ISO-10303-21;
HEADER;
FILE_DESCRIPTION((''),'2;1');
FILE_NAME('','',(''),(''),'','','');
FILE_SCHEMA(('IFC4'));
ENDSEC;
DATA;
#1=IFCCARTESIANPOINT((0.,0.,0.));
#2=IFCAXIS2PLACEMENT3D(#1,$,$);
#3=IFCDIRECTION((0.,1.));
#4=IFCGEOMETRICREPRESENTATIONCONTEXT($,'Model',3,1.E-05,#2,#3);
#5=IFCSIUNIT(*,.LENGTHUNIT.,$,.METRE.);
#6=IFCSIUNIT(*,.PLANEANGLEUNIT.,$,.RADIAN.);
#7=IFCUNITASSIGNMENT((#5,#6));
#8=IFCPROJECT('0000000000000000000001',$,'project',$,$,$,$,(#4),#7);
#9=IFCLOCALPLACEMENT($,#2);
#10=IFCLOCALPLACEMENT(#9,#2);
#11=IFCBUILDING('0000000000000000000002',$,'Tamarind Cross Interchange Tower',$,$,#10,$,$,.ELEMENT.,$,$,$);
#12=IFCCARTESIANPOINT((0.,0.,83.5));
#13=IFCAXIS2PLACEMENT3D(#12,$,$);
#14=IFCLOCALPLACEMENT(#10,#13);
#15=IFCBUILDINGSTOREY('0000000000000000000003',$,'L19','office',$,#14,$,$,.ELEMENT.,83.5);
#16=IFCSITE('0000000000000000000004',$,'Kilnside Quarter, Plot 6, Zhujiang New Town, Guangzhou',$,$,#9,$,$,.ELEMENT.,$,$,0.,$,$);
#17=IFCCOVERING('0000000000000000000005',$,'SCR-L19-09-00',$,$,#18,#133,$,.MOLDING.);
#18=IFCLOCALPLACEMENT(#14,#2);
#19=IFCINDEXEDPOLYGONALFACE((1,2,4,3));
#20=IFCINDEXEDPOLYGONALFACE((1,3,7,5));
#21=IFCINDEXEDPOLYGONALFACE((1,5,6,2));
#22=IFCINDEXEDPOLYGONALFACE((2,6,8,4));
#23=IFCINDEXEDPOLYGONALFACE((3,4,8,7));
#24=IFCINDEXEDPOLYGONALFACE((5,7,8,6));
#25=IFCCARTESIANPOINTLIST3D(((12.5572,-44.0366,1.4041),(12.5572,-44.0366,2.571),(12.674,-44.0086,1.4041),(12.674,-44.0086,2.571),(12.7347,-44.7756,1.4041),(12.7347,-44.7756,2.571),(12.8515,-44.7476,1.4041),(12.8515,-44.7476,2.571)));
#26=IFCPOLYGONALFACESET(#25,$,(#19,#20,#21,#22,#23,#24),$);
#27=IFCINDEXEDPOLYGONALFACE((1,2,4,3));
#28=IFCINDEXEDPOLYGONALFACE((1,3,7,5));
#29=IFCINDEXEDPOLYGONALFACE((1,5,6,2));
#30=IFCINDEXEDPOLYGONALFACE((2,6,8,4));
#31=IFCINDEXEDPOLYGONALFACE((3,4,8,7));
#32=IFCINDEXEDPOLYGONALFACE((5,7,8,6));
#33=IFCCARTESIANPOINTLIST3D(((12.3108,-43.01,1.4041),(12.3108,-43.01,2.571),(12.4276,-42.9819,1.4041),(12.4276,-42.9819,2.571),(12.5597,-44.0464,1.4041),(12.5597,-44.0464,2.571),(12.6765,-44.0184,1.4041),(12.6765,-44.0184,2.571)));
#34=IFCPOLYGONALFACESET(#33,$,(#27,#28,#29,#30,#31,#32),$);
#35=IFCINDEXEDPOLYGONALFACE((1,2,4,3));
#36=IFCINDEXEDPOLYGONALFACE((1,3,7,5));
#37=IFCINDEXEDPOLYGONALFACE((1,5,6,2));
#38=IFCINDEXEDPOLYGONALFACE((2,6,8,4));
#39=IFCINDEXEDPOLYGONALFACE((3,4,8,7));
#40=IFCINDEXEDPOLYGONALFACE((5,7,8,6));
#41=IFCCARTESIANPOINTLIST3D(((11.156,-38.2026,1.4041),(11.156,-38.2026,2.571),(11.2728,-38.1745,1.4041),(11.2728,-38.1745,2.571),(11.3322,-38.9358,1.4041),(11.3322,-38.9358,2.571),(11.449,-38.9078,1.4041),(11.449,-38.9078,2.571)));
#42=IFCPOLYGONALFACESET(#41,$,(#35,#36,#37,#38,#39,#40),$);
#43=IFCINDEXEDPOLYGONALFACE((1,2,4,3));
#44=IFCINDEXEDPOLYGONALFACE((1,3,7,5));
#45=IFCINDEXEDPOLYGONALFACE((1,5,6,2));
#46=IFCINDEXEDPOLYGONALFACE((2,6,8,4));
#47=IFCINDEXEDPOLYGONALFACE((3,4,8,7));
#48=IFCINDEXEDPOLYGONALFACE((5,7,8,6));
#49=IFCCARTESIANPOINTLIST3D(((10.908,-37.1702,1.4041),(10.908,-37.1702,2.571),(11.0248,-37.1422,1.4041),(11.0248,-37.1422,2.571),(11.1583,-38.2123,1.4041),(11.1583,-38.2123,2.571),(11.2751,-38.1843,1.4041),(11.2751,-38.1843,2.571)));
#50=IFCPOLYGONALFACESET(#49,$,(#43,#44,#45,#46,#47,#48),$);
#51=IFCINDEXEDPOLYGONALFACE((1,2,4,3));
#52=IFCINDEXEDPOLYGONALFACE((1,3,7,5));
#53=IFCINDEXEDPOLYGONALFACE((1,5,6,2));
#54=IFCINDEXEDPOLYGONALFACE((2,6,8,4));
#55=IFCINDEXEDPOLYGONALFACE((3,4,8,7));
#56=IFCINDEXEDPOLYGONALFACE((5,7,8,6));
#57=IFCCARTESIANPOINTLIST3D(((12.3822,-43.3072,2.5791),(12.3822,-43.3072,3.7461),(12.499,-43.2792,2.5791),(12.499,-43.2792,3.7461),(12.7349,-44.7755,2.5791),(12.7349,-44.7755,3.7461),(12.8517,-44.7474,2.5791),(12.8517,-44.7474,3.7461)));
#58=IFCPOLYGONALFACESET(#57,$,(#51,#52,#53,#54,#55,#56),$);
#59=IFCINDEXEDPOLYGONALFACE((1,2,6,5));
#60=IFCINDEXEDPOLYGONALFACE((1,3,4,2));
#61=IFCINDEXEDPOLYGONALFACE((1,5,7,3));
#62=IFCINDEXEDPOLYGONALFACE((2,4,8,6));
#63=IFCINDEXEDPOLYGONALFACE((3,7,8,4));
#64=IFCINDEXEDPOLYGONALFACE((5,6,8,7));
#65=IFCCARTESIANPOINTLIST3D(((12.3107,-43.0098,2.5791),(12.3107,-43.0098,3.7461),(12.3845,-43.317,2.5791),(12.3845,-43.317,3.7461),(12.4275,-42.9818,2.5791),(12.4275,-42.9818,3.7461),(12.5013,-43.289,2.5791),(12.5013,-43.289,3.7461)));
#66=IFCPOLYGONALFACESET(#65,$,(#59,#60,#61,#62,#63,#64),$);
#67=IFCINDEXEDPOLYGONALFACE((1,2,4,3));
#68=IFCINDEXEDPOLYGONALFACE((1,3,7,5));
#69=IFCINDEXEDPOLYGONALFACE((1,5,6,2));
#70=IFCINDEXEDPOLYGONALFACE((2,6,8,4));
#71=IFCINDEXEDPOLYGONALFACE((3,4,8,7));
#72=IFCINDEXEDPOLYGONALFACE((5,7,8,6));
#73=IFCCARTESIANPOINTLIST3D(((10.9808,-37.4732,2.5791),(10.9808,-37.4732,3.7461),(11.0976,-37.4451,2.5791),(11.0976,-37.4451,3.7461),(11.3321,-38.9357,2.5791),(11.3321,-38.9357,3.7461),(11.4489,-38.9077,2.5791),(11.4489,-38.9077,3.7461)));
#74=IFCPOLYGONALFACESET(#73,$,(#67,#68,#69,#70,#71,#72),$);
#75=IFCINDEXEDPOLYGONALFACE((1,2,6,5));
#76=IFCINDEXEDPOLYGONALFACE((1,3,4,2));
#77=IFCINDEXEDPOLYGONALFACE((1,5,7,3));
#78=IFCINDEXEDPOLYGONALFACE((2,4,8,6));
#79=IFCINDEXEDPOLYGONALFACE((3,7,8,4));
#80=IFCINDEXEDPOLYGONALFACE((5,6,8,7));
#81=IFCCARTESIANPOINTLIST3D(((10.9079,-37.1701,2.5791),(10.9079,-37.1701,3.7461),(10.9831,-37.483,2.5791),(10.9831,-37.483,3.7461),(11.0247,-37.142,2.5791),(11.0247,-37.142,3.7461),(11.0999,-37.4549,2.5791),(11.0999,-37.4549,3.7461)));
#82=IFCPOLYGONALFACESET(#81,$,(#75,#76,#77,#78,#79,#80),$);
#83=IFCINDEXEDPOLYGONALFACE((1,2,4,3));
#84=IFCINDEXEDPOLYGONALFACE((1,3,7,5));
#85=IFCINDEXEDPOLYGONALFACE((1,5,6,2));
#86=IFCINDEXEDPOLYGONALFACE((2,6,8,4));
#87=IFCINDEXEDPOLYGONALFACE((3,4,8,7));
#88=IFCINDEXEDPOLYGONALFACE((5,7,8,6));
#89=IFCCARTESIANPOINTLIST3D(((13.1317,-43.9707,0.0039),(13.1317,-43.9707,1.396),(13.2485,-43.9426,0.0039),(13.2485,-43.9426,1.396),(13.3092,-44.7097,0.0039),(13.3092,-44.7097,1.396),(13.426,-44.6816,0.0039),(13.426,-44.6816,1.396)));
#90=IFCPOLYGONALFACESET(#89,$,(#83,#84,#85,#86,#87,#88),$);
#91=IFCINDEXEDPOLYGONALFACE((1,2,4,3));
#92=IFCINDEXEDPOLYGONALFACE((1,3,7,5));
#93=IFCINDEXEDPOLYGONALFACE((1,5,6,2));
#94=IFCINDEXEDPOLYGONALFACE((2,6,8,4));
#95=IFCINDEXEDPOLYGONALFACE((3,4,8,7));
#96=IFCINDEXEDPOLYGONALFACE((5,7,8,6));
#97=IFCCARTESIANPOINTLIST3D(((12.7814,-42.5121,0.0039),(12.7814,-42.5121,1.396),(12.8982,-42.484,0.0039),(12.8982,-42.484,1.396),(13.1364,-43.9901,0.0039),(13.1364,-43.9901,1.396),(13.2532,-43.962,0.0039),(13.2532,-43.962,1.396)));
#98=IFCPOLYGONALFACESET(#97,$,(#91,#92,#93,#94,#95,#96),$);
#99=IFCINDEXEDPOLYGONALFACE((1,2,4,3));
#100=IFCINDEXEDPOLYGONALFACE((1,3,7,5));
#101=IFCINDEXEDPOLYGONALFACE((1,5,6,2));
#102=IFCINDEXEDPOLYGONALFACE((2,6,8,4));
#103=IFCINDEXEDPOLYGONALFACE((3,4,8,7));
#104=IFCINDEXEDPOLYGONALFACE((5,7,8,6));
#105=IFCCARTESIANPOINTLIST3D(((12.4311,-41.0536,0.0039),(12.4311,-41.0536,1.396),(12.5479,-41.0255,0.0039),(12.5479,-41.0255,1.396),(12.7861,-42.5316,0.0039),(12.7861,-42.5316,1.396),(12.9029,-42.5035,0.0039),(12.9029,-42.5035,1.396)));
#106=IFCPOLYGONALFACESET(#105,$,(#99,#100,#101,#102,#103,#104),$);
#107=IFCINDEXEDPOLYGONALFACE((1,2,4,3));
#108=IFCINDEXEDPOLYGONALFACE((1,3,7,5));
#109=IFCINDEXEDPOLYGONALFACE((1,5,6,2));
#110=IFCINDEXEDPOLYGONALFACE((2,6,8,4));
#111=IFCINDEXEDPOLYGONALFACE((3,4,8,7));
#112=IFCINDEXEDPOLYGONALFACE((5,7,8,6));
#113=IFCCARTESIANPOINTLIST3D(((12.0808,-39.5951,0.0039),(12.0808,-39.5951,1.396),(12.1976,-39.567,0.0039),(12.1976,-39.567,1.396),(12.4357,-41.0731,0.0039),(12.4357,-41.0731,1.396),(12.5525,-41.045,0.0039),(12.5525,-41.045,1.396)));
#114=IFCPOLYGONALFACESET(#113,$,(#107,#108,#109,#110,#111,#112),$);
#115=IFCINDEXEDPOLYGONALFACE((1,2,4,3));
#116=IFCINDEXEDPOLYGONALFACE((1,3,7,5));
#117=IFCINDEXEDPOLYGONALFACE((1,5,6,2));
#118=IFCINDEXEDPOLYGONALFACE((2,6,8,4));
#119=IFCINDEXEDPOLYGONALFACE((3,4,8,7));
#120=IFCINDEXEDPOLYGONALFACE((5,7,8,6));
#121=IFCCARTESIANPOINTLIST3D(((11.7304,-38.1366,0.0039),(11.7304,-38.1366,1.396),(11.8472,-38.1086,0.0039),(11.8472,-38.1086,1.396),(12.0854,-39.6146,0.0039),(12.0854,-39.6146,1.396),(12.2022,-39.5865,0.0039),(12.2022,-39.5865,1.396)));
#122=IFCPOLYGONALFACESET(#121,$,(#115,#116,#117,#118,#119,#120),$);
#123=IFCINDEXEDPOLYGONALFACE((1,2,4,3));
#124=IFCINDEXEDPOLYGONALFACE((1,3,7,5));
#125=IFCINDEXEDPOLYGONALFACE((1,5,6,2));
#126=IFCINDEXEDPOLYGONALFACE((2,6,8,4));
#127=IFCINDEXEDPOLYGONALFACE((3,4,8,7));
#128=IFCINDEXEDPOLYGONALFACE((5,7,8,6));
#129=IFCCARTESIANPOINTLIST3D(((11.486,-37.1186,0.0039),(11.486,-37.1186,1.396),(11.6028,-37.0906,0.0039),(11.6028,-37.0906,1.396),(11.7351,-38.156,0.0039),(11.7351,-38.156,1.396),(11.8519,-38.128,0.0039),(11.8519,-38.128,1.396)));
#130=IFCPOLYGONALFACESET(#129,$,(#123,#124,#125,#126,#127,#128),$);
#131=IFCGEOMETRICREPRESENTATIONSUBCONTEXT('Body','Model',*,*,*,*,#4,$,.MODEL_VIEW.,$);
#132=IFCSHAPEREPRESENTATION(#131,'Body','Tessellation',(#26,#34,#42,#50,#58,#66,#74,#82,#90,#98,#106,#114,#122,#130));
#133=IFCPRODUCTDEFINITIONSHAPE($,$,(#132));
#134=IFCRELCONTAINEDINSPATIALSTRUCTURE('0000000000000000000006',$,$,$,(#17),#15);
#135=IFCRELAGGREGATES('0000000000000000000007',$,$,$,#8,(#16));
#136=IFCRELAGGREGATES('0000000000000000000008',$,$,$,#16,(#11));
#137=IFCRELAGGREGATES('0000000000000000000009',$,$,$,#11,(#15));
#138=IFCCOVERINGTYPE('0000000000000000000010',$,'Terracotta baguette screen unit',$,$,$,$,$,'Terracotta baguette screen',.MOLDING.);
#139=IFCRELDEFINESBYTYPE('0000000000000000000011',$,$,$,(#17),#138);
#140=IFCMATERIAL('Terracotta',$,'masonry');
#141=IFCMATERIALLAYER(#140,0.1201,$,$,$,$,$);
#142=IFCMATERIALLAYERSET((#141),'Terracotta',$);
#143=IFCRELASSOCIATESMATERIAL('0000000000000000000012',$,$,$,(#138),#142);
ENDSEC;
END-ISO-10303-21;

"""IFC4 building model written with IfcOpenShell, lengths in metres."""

from ifc_helpers import new_model, si_unit, direction, frame, origin, origin_2d, place, context, subcontext, project, spatial, rectangle, extrude, material, layer, layer_set, type_object, element, save


model = new_model("IFC4")

# Units and contexts
model_context = context("Model", 3, precision=1e-05, world=origin(), true_north=direction((0.0, 1.0)))
body_context = subcontext(model_context, "Body", "Model", "MODEL_VIEW")
ifc_project = project(units=[si_unit("LENGTHUNIT", "METRE"), si_unit("PLANEANGLEUNIT", "RADIAN")], contexts=[model_context])

# Site, building, storey
site_placement = place(None, origin())
site = spatial("IfcSite", under=ifc_project, at=site_placement, Name="Kilnside Quarter, Plot 6, Zhujiang New Town, Guangzhou", CompositionType="ELEMENT", RefElevation=0.0)
building_placement = place(site_placement, origin())
building = spatial("IfcBuilding", under=site, at=building_placement, Name="Tamarind Cross Interchange Tower", CompositionType="ELEMENT")
storey_placement = place(building_placement, frame((0.0, 0.0, 83.5)))
storey = spatial("IfcBuildingStorey", under=building, at=storey_placement, Name="L19", Description="office", CompositionType="ELEMENT", Elevation=83.5)

# Covering
ifc_material_1 = material(Name="Terracotta", Category="masonry")
ifc_layer_1 = layer(ifc_material_1, 0.1201)
ifc_layer_set_1 = layer_set([ifc_layer_1], Name="Terracotta")
covering_type = type_object("IfcCoveringType", Name="Terracotta baguette screen unit", ElementType="Terracotta baguette screen", PredefinedType="MOLDING", material=ifc_layer_set_1)
covering_1_placement = place(storey_placement, origin())
element("IfcCovering", 1, at=covering_1_placement, inside=storey, type_object=covering_type, Name="SCR-L19-09-00", PredefinedType="MOLDING", context=body_context, shape_type="SweptSolid", body=[
    extrude(rectangle(XDim=0.76, YDim=0.1201, at=origin_2d()), frame((12.7043, -44.3921, 1.4041), z_axis=(0.0, 0.0, 1.0), x_axis=(-0.233544, 0.972346, 0.0)), (0.0, 0.0, 1.0), 1.167),
    extrude(rectangle(XDim=1.0659, YDim=0.1201, at=origin_2d()), frame((12.4937, -43.5142, 1.4041), z_axis=(0.0, 0.0, 1.0), x_axis=(-0.233544, 0.972346, 0.0)), (0.0, 0.0, 1.0), 1.167),
    extrude(rectangle(XDim=0.7542, YDim=0.1201, at=origin_2d()), frame((11.3025, -38.5552, 1.4041), z_axis=(0.0, 0.0, 1.0), x_axis=(-0.233544, 0.972346, 0.0)), (0.0, 0.0, 1.0), 1.167),
    extrude(rectangle(XDim=1.0718, YDim=0.1201, at=origin_2d()), frame((11.0916, -37.6772, 1.4041), z_axis=(0.0, 0.0, 1.0), x_axis=(-0.233544, 0.972346, 0.0)), (0.0, 0.0, 1.0), 1.167),
    extrude(rectangle(XDim=1.51, YDim=0.1201, at=origin_2d()), frame((12.6169, -44.0273, 2.5791), z_axis=(0.0, 0.0, 1.0), x_axis=(-0.233544, 0.972346, 0.0)), (0.0, 0.0, 1.0), 1.167),
    extrude(rectangle(XDim=0.3159, YDim=0.1201, at=origin_2d()), frame((12.406, -43.1494, 2.5791), z_axis=(0.0, 0.0, 1.0), x_axis=(-0.233544, 0.972346, 0.0)), (0.0, 0.0, 1.0), 1.167),
    extrude(rectangle(XDim=1.5042, YDim=0.1201, at=origin_2d()), frame((11.2148, -38.1904, 2.5791), z_axis=(0.0, 0.0, 1.0), x_axis=(-0.233544, 0.972346, 0.0)), (0.0, 0.0, 1.0), 1.167),
    extrude(rectangle(XDim=0.3218, YDim=0.1201, at=origin_2d()), frame((11.0039, -37.3125, 2.5791), z_axis=(0.0, 0.0, 1.0), x_axis=(-0.233544, 0.972346, 0.0)), (0.0, 0.0, 1.0), 1.167),
    extrude(rectangle(XDim=0.76, YDim=0.1201, at=origin_2d()), frame((13.2788, -44.3262, 0.0039), z_axis=(0.0, 0.0, 1.0), x_axis=(-0.233544, 0.972346, 0.0)), (0.0, 0.0, 1.0), 1.3921),
    extrude(rectangle(XDim=1.52, YDim=0.1201, at=origin_2d()), frame((13.0173, -43.2371, 0.0039), z_axis=(0.0, 0.0, 1.0), x_axis=(-0.233544, 0.972346, 0.0)), (0.0, 0.0, 1.0), 1.3921),
    extrude(rectangle(XDim=1.52, YDim=0.1201, at=origin_2d()), frame((12.667, -41.7786, 0.0039), z_axis=(0.0, 0.0, 1.0), x_axis=(-0.233544, 0.972346, 0.0)), (0.0, 0.0, 1.0), 1.3921),
    extrude(rectangle(XDim=1.52, YDim=0.1201, at=origin_2d()), frame((12.3167, -40.3201, 0.0039), z_axis=(0.0, 0.0, 1.0), x_axis=(-0.233544, 0.972346, 0.0)), (0.0, 0.0, 1.0), 1.3921),
    extrude(rectangle(XDim=1.52, YDim=0.1201, at=origin_2d()), frame((11.9663, -38.8616, 0.0039), z_axis=(0.0, 0.0, 1.0), x_axis=(-0.233544, 0.972346, 0.0)), (0.0, 0.0, 1.0), 1.3921),
    extrude(rectangle(XDim=1.0669, YDim=0.1201, at=origin_2d()), frame((11.6689, -37.6233, 0.0039), z_axis=(0.0, 0.0, 1.0), x_axis=(-0.233544, 0.972346, 0.0)), (0.0, 0.0, 1.0), 1.3921),
])

save(model, "model.ifc")
